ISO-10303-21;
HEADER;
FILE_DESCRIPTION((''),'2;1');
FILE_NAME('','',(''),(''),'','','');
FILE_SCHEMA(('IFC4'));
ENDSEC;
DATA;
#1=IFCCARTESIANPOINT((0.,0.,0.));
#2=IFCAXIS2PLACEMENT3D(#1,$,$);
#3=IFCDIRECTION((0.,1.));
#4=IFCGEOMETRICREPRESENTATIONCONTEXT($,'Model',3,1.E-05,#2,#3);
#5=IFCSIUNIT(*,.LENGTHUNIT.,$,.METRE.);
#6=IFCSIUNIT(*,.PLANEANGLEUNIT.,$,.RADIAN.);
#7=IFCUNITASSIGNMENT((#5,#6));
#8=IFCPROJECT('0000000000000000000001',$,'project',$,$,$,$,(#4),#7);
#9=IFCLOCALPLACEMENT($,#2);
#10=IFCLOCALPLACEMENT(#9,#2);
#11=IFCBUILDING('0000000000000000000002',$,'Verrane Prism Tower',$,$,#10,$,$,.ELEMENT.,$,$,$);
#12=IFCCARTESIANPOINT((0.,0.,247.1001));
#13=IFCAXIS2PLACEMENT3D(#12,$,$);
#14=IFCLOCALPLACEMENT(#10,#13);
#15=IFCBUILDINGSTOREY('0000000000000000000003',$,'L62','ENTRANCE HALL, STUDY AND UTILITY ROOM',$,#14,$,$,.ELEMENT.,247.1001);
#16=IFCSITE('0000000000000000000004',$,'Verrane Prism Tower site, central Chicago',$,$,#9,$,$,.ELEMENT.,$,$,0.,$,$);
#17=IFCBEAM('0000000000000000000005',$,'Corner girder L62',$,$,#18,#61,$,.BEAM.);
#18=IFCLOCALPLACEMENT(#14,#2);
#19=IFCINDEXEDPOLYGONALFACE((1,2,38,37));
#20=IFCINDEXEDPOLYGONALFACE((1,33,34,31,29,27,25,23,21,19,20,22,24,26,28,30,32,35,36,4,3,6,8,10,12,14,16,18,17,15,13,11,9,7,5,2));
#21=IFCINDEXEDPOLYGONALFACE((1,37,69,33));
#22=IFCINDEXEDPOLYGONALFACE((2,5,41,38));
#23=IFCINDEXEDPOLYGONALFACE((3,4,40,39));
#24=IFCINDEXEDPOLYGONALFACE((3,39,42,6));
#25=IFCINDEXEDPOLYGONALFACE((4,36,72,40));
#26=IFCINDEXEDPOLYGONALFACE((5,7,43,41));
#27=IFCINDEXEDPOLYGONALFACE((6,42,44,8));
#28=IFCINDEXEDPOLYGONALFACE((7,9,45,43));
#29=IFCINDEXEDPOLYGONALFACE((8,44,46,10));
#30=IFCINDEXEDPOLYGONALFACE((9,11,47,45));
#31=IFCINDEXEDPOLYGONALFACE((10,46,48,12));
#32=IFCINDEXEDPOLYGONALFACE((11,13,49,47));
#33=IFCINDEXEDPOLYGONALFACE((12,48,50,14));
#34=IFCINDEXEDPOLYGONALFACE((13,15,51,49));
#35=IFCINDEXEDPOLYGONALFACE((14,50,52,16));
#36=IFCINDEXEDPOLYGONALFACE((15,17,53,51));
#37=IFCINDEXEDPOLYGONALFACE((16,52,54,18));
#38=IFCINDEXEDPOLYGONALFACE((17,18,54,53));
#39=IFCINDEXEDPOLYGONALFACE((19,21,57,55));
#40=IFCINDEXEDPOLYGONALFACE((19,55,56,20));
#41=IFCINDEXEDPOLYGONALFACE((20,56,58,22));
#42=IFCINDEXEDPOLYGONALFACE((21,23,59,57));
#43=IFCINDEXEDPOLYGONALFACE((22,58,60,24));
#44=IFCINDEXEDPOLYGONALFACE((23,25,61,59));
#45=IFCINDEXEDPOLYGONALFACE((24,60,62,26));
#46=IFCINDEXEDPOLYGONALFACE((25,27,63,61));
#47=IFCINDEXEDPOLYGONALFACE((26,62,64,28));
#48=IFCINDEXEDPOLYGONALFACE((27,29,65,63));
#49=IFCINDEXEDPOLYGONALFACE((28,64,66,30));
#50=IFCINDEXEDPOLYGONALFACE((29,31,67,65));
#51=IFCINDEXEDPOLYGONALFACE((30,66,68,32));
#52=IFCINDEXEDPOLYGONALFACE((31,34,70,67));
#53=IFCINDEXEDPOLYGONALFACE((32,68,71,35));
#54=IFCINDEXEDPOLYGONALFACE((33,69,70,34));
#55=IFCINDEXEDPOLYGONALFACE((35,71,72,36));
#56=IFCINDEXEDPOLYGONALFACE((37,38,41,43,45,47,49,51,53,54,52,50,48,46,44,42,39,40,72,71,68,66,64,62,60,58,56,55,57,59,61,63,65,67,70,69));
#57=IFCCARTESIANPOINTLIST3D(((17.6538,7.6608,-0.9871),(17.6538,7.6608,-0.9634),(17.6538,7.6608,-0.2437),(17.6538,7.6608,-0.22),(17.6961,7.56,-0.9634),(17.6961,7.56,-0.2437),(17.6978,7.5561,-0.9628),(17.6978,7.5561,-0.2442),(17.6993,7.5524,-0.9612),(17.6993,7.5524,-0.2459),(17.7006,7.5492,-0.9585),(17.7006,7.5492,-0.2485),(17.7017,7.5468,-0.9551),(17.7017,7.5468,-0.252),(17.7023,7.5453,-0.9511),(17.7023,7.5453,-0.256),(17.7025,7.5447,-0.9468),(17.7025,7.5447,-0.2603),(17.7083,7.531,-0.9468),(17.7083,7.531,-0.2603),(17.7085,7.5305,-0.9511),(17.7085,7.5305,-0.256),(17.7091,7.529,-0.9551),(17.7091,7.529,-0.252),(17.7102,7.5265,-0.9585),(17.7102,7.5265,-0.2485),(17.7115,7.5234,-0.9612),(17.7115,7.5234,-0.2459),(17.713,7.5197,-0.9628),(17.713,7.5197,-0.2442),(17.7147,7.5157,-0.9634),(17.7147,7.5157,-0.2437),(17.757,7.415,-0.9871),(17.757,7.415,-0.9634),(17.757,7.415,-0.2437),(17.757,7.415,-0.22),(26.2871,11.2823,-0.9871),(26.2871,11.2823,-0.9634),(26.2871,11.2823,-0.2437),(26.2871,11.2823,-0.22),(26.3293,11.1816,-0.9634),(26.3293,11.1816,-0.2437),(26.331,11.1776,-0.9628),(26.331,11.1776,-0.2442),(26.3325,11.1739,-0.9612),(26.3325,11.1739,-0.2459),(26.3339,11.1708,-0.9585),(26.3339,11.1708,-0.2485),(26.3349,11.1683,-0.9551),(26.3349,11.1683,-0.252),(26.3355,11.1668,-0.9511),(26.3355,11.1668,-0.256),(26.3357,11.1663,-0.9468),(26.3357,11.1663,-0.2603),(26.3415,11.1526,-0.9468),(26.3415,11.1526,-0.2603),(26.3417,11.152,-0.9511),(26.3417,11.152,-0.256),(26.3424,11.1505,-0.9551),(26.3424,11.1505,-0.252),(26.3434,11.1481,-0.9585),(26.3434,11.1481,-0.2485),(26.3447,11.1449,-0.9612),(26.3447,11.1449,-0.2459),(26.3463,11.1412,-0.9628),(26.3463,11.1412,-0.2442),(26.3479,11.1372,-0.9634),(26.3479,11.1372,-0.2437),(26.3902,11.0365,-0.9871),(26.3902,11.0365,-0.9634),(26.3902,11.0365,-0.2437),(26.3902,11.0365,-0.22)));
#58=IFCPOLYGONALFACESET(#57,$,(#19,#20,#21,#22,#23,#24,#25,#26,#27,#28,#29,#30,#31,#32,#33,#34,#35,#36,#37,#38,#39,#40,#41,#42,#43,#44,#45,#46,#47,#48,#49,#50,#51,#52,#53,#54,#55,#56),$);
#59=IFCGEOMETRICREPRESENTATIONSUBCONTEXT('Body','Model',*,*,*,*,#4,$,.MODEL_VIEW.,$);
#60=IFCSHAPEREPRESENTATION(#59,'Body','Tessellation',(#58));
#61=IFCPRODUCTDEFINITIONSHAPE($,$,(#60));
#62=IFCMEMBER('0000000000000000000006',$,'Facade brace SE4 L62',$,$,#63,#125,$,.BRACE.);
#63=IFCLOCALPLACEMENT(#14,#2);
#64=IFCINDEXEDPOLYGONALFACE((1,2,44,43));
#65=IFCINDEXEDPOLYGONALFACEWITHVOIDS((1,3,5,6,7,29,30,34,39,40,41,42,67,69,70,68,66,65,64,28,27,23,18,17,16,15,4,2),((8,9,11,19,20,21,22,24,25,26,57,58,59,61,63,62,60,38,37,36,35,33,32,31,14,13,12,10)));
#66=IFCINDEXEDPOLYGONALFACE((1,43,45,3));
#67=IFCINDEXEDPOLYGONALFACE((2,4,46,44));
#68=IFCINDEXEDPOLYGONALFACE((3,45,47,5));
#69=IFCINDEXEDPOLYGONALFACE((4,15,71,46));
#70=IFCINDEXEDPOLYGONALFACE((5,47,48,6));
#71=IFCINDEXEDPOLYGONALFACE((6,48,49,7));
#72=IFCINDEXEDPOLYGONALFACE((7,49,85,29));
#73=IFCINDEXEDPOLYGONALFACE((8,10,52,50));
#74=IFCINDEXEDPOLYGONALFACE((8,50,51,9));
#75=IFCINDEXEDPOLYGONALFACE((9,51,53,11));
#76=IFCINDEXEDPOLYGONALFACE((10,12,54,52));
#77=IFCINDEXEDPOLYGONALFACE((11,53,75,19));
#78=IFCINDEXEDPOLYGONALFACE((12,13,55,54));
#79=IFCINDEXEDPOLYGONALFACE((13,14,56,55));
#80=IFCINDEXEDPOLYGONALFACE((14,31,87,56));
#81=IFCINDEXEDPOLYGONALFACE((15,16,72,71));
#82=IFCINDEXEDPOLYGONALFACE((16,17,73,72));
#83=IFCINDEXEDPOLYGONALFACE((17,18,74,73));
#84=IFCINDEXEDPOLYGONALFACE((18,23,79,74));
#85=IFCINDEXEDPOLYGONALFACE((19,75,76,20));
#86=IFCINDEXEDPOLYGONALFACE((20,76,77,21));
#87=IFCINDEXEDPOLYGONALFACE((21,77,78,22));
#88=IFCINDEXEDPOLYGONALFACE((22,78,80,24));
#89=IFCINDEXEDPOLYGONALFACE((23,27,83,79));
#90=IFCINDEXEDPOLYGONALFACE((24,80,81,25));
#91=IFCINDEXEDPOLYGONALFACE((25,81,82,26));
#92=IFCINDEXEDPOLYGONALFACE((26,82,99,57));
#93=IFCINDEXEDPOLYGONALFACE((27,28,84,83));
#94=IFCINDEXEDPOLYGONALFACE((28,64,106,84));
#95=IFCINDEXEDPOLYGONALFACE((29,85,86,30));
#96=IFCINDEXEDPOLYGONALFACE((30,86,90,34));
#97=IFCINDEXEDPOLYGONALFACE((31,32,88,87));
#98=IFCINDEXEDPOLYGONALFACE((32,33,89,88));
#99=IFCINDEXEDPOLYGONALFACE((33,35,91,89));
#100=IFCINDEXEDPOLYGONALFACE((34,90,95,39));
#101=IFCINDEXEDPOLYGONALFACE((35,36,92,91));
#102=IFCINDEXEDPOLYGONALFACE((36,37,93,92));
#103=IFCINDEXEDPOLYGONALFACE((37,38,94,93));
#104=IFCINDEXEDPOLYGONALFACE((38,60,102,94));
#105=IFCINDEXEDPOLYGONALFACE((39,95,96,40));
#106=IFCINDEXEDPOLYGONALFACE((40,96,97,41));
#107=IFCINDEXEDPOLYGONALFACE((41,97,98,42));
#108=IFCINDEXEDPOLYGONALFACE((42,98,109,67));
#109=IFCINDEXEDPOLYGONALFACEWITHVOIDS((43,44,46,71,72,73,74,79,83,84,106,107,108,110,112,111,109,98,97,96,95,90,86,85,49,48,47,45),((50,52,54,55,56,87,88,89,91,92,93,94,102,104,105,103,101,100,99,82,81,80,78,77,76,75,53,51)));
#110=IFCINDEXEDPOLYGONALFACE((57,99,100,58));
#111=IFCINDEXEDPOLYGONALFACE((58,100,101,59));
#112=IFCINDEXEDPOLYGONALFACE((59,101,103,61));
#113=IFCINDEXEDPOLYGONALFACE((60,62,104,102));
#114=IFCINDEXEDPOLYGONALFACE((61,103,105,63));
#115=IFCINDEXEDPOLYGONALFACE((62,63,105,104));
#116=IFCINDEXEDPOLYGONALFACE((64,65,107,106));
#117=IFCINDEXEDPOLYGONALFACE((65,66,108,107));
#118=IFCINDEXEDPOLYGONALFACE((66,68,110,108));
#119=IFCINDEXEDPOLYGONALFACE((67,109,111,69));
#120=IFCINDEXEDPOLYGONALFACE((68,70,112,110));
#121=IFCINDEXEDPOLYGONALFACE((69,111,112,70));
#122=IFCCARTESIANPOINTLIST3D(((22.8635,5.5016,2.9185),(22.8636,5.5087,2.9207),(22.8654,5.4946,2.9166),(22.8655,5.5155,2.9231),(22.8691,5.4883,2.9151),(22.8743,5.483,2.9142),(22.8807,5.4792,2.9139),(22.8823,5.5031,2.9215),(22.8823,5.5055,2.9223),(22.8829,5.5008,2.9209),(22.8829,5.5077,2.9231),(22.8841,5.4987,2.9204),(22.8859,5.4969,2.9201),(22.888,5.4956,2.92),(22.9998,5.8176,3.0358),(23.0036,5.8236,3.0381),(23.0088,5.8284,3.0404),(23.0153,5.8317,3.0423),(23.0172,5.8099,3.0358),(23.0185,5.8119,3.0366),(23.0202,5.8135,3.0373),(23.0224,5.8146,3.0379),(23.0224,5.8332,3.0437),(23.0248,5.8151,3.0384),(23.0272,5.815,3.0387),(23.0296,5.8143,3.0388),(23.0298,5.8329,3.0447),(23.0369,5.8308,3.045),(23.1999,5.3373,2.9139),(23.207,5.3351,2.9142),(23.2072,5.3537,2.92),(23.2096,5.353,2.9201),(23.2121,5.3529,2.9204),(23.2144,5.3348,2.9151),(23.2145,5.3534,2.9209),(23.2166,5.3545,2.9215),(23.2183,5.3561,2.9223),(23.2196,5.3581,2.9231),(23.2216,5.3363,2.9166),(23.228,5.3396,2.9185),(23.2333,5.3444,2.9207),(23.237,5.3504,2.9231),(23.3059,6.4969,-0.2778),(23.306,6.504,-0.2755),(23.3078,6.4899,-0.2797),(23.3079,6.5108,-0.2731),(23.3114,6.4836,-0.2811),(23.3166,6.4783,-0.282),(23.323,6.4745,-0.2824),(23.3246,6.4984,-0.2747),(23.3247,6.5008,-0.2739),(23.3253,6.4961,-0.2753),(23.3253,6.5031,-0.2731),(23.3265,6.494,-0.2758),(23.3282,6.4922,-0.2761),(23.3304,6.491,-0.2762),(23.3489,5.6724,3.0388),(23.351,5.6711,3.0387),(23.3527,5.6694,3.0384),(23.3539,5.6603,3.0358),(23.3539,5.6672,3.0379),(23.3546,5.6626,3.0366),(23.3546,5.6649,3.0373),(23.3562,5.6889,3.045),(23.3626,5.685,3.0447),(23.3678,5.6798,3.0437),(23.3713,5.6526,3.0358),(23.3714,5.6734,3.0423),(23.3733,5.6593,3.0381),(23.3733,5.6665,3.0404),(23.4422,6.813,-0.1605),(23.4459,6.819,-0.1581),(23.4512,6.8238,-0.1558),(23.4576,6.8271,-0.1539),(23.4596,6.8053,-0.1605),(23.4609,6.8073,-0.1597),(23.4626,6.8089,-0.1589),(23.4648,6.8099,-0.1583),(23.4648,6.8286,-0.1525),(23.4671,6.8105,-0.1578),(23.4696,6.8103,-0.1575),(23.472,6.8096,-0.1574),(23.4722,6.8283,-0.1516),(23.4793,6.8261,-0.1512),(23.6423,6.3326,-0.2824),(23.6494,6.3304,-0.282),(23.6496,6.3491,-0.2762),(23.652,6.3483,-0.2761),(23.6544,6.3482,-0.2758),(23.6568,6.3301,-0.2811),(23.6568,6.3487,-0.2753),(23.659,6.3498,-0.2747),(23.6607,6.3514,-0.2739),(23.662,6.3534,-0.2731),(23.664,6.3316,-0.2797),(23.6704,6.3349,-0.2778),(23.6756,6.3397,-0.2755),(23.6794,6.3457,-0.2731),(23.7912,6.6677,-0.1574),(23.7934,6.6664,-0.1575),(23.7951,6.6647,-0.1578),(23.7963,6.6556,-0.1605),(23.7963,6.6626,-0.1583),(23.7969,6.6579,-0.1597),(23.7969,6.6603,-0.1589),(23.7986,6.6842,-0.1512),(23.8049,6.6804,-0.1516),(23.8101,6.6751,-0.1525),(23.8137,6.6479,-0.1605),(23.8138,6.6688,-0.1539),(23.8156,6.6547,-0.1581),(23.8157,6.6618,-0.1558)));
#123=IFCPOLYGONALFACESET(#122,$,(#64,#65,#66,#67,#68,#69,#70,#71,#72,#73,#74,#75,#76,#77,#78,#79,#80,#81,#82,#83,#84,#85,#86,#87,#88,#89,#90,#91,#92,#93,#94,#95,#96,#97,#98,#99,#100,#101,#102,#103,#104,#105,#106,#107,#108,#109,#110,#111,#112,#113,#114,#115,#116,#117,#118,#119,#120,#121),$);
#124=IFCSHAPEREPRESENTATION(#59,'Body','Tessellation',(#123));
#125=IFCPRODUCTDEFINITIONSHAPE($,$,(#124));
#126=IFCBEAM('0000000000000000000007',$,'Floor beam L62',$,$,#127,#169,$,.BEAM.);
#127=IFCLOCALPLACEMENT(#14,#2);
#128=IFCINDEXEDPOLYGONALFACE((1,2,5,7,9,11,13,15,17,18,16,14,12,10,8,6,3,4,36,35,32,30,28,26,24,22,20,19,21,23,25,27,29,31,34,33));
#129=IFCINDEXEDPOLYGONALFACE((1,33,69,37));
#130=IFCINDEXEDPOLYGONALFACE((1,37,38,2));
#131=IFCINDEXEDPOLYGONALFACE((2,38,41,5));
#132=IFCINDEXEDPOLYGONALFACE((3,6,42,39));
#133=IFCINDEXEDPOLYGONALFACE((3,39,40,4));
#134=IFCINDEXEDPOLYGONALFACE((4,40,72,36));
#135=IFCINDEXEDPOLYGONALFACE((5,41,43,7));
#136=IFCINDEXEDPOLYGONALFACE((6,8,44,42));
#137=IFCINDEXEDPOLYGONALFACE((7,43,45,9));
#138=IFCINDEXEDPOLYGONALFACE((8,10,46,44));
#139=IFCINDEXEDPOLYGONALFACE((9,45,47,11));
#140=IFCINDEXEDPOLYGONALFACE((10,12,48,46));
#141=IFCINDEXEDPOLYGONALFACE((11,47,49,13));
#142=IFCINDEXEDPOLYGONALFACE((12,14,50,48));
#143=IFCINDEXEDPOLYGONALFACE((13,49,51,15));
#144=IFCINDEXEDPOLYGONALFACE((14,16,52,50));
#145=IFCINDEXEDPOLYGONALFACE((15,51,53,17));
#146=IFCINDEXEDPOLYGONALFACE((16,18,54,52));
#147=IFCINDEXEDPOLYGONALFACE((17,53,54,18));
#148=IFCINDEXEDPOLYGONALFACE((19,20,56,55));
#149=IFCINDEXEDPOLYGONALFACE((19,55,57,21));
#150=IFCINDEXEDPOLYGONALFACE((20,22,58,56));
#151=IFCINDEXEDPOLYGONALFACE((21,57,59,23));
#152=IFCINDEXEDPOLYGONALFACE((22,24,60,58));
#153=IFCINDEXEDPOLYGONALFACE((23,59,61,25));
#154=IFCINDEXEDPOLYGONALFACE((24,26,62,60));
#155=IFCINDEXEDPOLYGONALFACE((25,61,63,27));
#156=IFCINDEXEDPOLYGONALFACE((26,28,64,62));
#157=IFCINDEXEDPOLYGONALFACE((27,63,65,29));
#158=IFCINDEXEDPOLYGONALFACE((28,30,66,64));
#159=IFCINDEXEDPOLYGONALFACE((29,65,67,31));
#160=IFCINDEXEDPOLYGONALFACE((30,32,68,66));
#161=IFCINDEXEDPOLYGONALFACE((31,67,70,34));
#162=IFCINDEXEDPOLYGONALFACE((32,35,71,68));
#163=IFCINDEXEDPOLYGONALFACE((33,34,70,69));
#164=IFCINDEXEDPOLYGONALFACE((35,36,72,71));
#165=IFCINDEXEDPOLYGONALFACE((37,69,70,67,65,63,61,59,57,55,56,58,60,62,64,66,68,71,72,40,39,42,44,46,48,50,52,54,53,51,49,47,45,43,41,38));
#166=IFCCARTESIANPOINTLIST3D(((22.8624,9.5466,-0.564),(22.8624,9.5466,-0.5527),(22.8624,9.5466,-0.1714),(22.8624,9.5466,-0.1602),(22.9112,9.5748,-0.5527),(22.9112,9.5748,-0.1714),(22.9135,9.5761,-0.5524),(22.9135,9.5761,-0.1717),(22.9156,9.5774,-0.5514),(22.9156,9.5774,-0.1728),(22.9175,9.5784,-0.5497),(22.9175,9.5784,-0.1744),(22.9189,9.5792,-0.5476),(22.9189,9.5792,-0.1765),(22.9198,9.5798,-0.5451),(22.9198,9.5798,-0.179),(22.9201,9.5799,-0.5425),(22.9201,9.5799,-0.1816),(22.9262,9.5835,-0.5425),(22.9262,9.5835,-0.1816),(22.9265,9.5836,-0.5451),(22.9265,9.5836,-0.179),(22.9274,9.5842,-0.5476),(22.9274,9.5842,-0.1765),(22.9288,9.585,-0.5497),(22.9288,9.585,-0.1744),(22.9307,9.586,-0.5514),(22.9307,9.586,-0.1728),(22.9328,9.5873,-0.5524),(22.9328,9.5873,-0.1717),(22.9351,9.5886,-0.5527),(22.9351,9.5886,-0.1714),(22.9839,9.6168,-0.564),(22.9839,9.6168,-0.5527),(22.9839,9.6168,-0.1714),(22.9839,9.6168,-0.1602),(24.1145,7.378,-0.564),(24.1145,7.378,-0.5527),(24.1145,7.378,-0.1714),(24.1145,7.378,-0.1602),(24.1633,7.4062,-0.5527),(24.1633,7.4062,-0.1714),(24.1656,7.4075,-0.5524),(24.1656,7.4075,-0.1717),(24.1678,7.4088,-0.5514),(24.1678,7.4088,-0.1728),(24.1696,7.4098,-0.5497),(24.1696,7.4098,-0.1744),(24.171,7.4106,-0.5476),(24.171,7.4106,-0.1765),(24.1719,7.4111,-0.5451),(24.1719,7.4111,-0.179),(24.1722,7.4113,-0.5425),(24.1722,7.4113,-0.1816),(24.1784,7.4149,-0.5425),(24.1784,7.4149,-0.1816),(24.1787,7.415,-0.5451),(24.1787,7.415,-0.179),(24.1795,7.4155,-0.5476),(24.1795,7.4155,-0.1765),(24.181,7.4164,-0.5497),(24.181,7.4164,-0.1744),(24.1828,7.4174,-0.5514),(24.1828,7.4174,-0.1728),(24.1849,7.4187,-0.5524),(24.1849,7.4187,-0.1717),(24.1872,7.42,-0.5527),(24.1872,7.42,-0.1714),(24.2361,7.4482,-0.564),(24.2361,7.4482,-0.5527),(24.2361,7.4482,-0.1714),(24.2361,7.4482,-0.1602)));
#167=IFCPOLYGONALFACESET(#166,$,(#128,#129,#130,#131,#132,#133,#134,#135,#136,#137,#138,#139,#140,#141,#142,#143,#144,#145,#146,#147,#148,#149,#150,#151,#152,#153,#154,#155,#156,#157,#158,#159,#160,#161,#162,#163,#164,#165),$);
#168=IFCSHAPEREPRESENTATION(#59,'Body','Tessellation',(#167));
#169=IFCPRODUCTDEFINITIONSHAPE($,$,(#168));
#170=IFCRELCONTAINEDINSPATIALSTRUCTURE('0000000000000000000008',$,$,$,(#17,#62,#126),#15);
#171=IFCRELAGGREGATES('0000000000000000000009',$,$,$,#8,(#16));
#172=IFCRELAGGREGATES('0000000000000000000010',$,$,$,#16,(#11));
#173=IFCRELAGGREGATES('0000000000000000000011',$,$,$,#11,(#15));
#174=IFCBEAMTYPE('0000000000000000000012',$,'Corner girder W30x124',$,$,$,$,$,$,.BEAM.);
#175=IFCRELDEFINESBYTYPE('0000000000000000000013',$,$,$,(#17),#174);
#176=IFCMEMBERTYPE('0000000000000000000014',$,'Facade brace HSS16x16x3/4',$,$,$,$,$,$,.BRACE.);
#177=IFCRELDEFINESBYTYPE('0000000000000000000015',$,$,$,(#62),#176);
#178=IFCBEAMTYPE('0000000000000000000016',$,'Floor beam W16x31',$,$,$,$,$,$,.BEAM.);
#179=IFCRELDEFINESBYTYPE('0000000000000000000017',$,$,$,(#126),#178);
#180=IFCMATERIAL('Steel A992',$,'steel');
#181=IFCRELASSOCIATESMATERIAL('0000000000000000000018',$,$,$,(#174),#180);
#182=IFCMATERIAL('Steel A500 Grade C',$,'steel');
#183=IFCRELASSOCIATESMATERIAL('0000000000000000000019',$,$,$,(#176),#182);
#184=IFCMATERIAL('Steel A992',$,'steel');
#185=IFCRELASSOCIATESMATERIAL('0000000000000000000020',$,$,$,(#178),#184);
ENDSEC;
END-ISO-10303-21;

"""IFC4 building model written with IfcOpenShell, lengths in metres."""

from ifc_helpers import new_model, si_unit, direction, frame, origin, origin_2d, place, context, subcontext, project, spatial, hollow_rectangle, i_section, extrude, material, material_profile, profile_set, type_object, element, save


model = new_model("IFC4")

# Units and contexts
model_context = context("Model", 3, precision=1e-05, world=origin(), true_north=direction((0.0, 1.0)))
body_context = subcontext(model_context, "Body", "Model", "MODEL_VIEW")
ifc_project = project(units=[si_unit("LENGTHUNIT", "METRE"), si_unit("PLANEANGLEUNIT", "RADIAN")], contexts=[model_context])

# Site, building, storey
site_placement = place(None, origin())
site = spatial("IfcSite", under=ifc_project, at=site_placement, Name="Verrane Prism Tower site, central Chicago", CompositionType="ELEMENT", RefElevation=0.0)
building_placement = place(site_placement, origin())
building = spatial("IfcBuilding", under=site, at=building_placement, Name="Verrane Prism Tower", CompositionType="ELEMENT")
storey_placement = place(building_placement, frame((0.0, 0.0, 247.1001)))
storey = spatial("IfcBuildingStorey", under=building, at=storey_placement, Name="L62", Description="ENTRANCE HALL, STUDY AND UTILITY ROOM", CompositionType="ELEMENT", Elevation=247.1001)

# Beam
ifc_material_1 = material(Name="Steel A992", Category="steel")
ifc_material_profile_1 = material_profile(ifc_material_1, i_section(OverallWidth=0.2666, OverallDepth=0.7671, WebThickness=0.0149, FlangeThickness=0.0237, FilletRadius=0.0166, at=origin_2d()), Name="W30x124")
ifc_profile_set_1 = profile_set([ifc_material_profile_1], Name="Steel A992")
beam_type_1 = type_object("IfcBeamType", Name="Corner girder W30x124", PredefinedType="BEAM", material=ifc_profile_set_1)
beam_1_placement = place(storey_placement, frame((26.3386, 11.1594, -0.6035), z_axis=(-0.92215, -0.386833, 0.0), x_axis=(0.386833, -0.92215, 0.0)))
element("IfcBeam", 1, at=beam_1_placement, inside=storey, type_object=beam_type_1, Name="Corner girder L62", PredefinedType="BEAM", context=body_context, shape_type="SweptSolid", body=[
    extrude(i_section(OverallWidth=0.2666, OverallDepth=0.7671, WebThickness=0.0149, FlangeThickness=0.0237, FilletRadius=0.0166, at=origin_2d()), origin(), (0.0, 0.0, 1.0), 9.3621),
])

# Member
ifc_material_2 = material(Name="Steel A500 Grade C", Category="steel")
ifc_material_profile_2 = material_profile(ifc_material_2, hollow_rectangle(XDim=0.4065, YDim=0.4065, WallThickness=0.019, InnerFilletRadius=0.0095, OuterFilletRadius=0.0286, at=origin_2d()), Name="HSS16x16x3/4")
ifc_profile_set_2 = profile_set([ifc_material_profile_2], Name="Steel A500 Grade C")
member_type_1 = type_object("IfcMemberType", Name="Facade brace HSS16x16x3/4", PredefinedType="BRACE", material=ifc_profile_set_2)
member_1_placement = place(storey_placement, frame((23.5608, 6.5793, -0.2168), z_axis=(-0.131007, -0.294766, 0.946547), x_axis=(0.913812, -0.406138, 0.0)))
element("IfcMember", 2, at=member_1_placement, inside=storey, type_object=member_type_1, Name="Facade brace SE4 L62", PredefinedType="BRACE", context=body_context, shape_type="SweptSolid", body=[
    extrude(hollow_rectangle(XDim=0.4065, YDim=0.4065, WallThickness=0.019, InnerFilletRadius=0.0095, OuterFilletRadius=0.0286, at=origin_2d()), origin(), (0.0, 0.0, 1.0), 3.3767),
])

# Beam
ifc_material_3 = material(Name="Steel A992", Category="steel")
ifc_material_profile_3 = material_profile(ifc_material_3, i_section(OverallWidth=0.1404, OverallDepth=0.4038, WebThickness=0.0071, FlangeThickness=0.0112, FilletRadius=0.0103, at=origin_2d()), Name="W16x31")
ifc_profile_set_3 = profile_set([ifc_material_profile_3], Name="Steel A992")
beam_type_2 = type_object("IfcBeamType", Name="Floor beam W16x31", PredefinedType="BEAM", material=ifc_profile_set_3)
beam_2_placement = place(storey_placement, frame((24.1753, 7.4131, -0.3621), z_axis=(-0.500029, 0.866009, 0.0), x_axis=(-0.866009, -0.500029, 0.0)))
element("IfcBeam", 3, at=beam_2_placement, inside=storey, type_object=beam_type_2, Name="Floor beam L62", PredefinedType="BEAM", context=body_context, shape_type="SweptSolid", body=[
    extrude(i_section(OverallWidth=0.1404, OverallDepth=0.4038, WebThickness=0.0071, FlangeThickness=0.0112, FilletRadius=0.0103, at=origin_2d()), origin(), (0.0, 0.0, 1.0), 2.5042),
])

save(model, "model.ifc")
